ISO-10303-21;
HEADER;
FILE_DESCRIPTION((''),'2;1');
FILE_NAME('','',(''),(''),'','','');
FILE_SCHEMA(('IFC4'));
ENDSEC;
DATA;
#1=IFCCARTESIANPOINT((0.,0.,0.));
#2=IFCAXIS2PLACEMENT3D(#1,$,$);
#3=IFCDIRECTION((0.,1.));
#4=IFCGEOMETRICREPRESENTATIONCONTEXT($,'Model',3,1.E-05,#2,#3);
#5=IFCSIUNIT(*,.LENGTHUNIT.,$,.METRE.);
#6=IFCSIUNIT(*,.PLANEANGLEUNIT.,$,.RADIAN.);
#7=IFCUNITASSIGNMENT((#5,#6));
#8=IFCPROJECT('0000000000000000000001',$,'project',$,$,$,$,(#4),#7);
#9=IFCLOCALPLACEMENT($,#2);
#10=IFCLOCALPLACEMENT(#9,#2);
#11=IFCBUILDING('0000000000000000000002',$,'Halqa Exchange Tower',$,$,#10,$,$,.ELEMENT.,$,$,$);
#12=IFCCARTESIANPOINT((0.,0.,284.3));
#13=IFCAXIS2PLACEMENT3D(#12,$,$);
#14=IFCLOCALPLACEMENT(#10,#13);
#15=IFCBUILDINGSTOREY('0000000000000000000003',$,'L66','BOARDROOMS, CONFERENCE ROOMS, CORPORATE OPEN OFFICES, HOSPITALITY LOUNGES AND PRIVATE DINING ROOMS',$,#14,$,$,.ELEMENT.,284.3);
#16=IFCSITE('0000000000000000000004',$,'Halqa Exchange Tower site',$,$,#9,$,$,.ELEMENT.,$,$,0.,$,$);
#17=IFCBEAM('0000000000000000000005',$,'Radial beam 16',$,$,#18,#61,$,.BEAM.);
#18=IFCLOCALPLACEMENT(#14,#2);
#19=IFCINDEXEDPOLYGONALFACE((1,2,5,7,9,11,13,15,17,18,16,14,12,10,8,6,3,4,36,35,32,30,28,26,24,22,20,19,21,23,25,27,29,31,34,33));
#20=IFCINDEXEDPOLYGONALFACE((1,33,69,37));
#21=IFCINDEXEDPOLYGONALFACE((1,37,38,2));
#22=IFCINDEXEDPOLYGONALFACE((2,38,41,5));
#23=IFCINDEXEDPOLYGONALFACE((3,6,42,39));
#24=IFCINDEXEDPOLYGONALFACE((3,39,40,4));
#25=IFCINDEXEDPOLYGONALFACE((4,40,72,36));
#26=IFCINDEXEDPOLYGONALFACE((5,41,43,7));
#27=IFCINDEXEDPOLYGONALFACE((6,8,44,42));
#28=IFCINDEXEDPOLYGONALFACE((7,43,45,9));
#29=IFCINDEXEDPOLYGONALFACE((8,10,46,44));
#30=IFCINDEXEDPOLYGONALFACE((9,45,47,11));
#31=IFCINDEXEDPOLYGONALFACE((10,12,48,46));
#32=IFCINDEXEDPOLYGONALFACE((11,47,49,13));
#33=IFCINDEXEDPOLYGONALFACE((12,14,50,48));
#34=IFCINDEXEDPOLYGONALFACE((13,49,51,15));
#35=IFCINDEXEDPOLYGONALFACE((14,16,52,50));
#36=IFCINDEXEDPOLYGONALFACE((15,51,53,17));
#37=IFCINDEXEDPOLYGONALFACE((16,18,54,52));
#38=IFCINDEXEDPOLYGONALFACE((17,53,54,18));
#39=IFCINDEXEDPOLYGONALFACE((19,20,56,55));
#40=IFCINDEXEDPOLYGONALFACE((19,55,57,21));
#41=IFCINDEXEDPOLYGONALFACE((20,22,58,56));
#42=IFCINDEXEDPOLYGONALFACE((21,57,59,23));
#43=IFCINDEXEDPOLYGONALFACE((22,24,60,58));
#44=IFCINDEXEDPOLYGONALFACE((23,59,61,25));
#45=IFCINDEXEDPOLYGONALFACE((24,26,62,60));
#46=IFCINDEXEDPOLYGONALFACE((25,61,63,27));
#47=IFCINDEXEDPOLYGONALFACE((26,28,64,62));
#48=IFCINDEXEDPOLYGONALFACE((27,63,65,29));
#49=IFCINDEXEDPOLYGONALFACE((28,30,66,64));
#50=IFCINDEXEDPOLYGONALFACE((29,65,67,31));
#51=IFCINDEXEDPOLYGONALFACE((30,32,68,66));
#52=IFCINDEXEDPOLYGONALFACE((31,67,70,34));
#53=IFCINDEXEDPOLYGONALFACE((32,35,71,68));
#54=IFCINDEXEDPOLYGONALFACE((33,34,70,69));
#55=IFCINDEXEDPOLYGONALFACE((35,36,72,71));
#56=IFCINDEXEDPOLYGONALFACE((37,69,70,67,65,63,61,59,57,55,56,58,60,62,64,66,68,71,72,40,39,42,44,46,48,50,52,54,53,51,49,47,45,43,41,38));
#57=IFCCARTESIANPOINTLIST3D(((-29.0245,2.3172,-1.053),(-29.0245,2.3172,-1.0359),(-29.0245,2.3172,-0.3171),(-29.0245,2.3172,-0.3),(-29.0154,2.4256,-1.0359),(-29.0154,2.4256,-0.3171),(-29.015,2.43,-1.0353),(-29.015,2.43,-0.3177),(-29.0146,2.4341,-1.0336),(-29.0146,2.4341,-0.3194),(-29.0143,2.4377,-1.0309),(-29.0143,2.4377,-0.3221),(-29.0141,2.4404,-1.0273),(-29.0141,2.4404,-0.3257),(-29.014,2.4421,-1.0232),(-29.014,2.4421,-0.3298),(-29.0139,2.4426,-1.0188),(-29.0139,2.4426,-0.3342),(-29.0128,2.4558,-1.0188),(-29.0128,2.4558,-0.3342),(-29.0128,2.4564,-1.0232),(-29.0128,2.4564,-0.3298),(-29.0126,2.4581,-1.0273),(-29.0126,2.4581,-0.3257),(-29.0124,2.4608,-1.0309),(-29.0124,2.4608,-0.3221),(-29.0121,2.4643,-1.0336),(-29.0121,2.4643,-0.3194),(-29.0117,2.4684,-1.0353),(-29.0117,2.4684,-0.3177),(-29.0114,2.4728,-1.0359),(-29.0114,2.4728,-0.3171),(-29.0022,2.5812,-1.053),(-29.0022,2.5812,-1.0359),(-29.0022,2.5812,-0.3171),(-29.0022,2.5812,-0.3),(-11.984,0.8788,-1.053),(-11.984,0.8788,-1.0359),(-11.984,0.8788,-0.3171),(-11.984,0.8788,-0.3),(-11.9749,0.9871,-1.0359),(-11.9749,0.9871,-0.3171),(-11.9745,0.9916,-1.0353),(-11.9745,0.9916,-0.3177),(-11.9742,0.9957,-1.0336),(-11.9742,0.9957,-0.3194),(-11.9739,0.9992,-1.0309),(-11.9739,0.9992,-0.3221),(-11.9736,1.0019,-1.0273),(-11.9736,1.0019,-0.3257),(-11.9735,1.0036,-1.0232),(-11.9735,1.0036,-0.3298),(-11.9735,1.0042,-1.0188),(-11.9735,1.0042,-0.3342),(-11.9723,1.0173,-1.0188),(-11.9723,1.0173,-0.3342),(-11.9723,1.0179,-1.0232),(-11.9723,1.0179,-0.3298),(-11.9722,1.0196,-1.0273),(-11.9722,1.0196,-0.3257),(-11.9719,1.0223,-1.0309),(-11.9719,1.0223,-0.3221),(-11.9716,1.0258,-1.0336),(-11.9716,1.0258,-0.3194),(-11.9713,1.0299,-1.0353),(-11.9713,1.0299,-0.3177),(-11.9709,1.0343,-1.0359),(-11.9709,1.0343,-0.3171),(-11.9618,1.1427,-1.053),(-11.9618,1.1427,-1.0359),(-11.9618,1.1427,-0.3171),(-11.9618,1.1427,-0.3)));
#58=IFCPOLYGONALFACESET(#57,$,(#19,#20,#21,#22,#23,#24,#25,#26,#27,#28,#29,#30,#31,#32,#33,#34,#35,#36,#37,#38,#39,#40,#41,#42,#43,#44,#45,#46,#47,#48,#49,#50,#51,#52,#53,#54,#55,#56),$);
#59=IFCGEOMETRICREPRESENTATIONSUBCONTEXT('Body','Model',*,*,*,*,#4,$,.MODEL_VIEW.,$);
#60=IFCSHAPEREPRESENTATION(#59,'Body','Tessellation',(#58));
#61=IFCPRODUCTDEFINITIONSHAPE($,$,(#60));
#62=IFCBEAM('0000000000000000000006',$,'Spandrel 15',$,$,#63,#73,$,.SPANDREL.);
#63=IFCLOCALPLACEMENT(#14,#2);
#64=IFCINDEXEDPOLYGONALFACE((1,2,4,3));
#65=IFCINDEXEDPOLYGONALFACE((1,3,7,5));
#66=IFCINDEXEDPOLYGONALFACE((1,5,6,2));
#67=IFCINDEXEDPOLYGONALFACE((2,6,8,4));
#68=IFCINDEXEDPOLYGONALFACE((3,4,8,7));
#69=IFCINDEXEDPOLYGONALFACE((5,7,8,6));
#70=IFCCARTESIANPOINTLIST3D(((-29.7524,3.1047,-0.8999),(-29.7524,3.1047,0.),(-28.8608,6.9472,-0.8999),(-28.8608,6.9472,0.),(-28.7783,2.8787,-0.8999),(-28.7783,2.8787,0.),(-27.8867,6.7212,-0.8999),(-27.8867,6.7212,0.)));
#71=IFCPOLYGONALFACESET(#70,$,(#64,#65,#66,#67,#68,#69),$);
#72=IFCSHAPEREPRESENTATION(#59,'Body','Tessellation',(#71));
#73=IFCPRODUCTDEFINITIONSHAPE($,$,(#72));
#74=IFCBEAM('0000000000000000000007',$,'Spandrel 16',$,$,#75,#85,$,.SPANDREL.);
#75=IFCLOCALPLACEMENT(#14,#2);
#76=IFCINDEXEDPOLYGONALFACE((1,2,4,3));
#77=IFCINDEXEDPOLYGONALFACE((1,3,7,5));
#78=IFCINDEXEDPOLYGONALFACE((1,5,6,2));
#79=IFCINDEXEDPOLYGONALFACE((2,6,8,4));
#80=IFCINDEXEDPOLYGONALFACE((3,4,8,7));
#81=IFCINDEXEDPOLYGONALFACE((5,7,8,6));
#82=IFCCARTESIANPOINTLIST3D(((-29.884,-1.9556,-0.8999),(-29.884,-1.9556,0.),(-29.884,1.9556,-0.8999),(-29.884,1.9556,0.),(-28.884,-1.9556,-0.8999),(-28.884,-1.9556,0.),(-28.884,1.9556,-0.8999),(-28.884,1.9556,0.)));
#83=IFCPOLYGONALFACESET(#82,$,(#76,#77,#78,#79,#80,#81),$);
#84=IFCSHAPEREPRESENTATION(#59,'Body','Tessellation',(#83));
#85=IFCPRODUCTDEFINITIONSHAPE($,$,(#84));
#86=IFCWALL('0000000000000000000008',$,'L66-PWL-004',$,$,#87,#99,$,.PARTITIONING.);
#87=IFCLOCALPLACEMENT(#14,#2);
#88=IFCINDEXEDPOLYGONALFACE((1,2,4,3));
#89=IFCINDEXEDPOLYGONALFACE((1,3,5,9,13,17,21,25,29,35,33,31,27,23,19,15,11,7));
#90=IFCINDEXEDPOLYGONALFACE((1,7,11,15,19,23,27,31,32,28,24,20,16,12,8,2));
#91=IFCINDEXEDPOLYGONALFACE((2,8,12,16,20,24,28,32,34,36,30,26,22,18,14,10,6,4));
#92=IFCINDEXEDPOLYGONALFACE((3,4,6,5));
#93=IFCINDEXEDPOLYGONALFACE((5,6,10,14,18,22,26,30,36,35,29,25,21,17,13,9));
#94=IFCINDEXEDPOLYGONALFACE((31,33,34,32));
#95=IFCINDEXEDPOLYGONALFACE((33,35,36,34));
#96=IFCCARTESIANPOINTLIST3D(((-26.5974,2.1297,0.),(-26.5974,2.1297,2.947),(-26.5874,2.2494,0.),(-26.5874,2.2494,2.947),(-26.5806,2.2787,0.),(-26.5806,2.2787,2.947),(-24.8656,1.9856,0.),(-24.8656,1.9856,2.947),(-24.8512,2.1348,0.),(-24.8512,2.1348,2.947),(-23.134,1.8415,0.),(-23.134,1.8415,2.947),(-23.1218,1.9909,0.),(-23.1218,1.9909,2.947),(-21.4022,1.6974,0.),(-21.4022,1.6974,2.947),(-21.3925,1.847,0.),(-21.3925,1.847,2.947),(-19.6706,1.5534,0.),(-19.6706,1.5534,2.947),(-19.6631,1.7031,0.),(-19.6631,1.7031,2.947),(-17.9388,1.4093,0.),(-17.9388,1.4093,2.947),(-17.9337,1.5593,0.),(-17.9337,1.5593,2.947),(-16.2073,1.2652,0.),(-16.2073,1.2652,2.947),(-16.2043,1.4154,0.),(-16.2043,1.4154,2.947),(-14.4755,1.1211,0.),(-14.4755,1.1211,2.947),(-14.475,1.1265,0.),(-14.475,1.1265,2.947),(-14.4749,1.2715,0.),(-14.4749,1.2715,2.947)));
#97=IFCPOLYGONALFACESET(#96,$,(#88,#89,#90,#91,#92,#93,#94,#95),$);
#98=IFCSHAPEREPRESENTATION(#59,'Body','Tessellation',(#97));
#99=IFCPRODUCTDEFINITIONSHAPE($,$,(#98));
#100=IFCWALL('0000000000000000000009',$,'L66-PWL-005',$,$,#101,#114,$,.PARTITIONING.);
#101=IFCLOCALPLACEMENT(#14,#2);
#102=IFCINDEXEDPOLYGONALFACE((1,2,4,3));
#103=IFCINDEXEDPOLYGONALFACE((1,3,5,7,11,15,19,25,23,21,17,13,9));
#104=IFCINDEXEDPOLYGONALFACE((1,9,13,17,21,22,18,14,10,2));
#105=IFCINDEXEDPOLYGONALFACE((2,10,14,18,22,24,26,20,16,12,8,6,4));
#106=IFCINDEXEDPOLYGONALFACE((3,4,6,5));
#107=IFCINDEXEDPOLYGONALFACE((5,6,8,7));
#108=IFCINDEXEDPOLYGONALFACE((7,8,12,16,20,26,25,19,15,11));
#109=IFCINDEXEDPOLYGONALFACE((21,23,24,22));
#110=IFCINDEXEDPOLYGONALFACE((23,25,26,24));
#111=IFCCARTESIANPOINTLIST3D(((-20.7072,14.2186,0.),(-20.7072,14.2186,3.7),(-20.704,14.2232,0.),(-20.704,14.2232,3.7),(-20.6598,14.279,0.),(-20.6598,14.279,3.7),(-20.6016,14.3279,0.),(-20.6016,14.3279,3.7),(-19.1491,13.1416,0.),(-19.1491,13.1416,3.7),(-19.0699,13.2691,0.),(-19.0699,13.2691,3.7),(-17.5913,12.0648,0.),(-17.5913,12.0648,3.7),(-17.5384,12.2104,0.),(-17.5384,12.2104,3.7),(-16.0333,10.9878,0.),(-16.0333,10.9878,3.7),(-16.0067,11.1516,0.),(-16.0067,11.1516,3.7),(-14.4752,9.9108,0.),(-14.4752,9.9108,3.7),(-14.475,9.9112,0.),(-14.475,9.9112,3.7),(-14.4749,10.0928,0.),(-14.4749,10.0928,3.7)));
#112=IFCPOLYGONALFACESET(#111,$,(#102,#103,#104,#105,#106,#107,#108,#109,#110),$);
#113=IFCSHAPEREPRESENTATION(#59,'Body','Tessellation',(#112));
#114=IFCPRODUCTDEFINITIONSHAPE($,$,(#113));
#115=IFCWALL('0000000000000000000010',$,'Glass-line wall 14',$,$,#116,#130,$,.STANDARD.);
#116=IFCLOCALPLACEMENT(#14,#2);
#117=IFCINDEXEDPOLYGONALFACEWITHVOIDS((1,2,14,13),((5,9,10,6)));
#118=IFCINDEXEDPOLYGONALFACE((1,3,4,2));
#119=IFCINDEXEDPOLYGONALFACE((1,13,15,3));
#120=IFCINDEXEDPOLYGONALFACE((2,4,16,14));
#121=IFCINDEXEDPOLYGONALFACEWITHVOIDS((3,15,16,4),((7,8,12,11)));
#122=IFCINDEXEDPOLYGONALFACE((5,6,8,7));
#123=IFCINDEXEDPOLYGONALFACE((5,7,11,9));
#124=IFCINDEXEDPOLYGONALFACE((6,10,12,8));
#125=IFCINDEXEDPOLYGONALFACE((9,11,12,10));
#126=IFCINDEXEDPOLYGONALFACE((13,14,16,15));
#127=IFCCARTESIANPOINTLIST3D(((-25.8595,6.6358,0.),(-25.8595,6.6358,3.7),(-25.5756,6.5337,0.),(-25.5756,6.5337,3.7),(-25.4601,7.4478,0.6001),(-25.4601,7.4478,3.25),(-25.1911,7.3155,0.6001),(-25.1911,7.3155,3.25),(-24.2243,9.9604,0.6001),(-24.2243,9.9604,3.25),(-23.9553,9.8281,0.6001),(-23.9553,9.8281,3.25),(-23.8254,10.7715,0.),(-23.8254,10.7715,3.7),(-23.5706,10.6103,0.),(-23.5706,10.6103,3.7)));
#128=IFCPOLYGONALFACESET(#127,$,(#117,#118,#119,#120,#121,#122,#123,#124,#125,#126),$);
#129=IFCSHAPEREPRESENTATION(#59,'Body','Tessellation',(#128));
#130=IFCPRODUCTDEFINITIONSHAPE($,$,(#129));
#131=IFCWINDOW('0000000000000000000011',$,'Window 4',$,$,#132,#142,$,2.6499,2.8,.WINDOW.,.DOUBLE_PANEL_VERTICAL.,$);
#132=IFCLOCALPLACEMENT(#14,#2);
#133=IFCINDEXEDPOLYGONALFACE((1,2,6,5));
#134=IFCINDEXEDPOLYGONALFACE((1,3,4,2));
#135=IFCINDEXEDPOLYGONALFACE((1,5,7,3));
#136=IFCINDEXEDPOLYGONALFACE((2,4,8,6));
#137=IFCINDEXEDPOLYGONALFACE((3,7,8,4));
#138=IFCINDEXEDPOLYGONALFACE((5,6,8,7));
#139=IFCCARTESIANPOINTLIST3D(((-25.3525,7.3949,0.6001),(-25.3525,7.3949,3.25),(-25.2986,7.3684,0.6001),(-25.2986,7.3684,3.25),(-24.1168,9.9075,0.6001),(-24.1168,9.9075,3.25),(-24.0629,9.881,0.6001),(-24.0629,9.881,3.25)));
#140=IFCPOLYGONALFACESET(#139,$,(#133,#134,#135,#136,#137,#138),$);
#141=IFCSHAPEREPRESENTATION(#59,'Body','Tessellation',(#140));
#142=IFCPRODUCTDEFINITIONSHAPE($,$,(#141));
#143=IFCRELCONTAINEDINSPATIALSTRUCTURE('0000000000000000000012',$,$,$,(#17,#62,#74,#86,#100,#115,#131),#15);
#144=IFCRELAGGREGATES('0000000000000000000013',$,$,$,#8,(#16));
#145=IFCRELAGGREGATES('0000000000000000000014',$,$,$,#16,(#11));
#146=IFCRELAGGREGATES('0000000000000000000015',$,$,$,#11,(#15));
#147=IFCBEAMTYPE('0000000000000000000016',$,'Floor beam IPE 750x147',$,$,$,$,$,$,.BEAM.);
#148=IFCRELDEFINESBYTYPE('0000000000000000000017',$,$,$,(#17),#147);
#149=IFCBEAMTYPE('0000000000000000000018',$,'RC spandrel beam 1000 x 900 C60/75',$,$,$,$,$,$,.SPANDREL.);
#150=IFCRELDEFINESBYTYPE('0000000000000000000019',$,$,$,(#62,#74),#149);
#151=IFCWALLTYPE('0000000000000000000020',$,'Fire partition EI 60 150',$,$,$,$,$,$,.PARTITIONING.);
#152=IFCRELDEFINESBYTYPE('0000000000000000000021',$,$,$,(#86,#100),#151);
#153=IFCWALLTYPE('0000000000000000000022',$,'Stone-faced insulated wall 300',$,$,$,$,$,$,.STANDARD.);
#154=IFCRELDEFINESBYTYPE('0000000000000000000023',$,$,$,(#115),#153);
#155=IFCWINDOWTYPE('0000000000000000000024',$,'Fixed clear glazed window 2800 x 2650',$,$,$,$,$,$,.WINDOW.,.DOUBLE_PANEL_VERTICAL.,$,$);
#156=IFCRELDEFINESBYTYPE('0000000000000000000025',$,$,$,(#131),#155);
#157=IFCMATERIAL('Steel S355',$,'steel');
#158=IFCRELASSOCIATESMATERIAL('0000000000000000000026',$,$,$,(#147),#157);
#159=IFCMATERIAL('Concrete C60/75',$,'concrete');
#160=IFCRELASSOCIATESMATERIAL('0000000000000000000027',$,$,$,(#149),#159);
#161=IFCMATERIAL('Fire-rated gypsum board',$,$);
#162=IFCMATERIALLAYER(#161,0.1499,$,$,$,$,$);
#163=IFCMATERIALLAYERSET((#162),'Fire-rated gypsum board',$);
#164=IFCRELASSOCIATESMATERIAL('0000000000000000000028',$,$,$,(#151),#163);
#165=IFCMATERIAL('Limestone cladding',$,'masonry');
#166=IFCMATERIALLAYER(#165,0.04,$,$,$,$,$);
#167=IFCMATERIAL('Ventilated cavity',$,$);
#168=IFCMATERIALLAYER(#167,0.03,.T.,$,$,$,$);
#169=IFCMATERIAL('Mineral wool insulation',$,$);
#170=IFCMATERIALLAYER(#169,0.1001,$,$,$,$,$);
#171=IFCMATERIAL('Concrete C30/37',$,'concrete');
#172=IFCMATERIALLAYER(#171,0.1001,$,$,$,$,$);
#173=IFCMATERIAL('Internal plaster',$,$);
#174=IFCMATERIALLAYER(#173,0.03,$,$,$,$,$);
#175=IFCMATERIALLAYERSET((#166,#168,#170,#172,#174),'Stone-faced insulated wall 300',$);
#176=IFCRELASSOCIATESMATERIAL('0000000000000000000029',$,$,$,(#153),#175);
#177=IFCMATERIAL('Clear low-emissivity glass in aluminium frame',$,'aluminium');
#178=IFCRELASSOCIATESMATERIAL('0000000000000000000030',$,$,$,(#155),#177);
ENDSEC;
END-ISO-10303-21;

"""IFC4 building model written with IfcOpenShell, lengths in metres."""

from ifc_helpers import new_model, si_unit, direction, frame, frame_2d, origin, origin_2d, place, context, subcontext, project, spatial, polyline, rectangle, i_section, outline, extrude, material, layer, layer_set, material_profile, profile_set, type_object, element, fill, save


model = new_model("IFC4")

# Units and contexts
model_context = context("Model", 3, precision=1e-05, world=origin(), true_north=direction((0.0, 1.0)))
body_context = subcontext(model_context, "Body", "Model", "MODEL_VIEW")
ifc_project = project(units=[si_unit("LENGTHUNIT", "METRE"), si_unit("PLANEANGLEUNIT", "RADIAN")], contexts=[model_context])

# Site, building, storey
site_placement = place(None, origin())
site = spatial("IfcSite", under=ifc_project, at=site_placement, Name="Halqa Exchange Tower site", CompositionType="ELEMENT", RefElevation=0.0)
building_placement = place(site_placement, origin())
building = spatial("IfcBuilding", under=site, at=building_placement, Name="Halqa Exchange Tower", CompositionType="ELEMENT")
storey_placement = place(building_placement, frame((0.0, 0.0, 284.3)))
storey = spatial("IfcBuildingStorey", under=building, at=storey_placement, Name="L66", Description="BOARDROOMS, CONFERENCE ROOMS, CORPORATE OPEN OFFICES, HOSPITALITY LOUNGES AND PRIVATE DINING ROOMS", CompositionType="ELEMENT", Elevation=284.3)

# Shared definitions
ifc_material_1 = material(Name="Concrete C60/75", Category="concrete")

# Beams
ifc_material_2 = material(Name="Steel S355", Category="steel")
ifc_material_profile_1 = material_profile(ifc_material_2, i_section(OverallWidth=0.2649, OverallDepth=0.7529, WebThickness=0.0132, FlangeThickness=0.0171, FilletRadius=0.0171, at=origin_2d()), Name="IPE 750x147")
ifc_profile_set_1 = profile_set([ifc_material_profile_1], Name="Steel S355")
beam_type_1 = type_object("IfcBeamType", Name="Floor beam IPE 750x147", PredefinedType="BEAM", material=ifc_profile_set_1)
beam_1_placement = place(storey_placement, frame((-11.9729, 1.0107, -0.6765), z_axis=(-0.996456, 0.084116, 0.0), x_axis=(-0.084116, -0.996456, 0.0)))
element("IfcBeam", 1, at=beam_1_placement, inside=storey, type_object=beam_type_1, Name="Radial beam 16", PredefinedType="BEAM", context=body_context, shape_type="SweptSolid", body=[
    extrude(i_section(OverallWidth=0.2649, OverallDepth=0.7529, WebThickness=0.0132, FlangeThickness=0.0171, FilletRadius=0.0171, at=origin_2d()), origin(), (0.0, 0.0, 1.0), 17.1011),
])
ifc_material_profile_2 = material_profile(ifc_material_1, rectangle(XDim=1.0, YDim=0.8999, at=origin_2d()), Name="1000 x 900")
ifc_profile_set_2 = profile_set([ifc_material_profile_2], Name="Concrete C60/75")
beam_type_2 = type_object("IfcBeamType", Name="RC spandrel beam 1000 x 900 C60/75", PredefinedType="SPANDREL", material=ifc_profile_set_2)
beam_2_placement = place(storey_placement, frame((-28.3738, 6.8342, -0.45), z_axis=(-0.22603, -0.97412, 0.0), x_axis=(0.97412, -0.22603, 0.0)))
element("IfcBeam", 2, at=beam_2_placement, inside=storey, type_object=beam_type_2, Name="Spandrel 15", PredefinedType="SPANDREL", context=body_context, shape_type="SweptSolid", body=[
    extrude(rectangle(XDim=1.0, YDim=0.8999, at=origin_2d()), origin(), (0.0, 0.0, 1.0), 3.9446),
])
beam_3_placement = place(storey_placement, frame((-29.384, 1.9556, -0.45), z_axis=(0.0, -1.0, 0.0), x_axis=(1.0, 0.0, 0.0)))
element("IfcBeam", 3, at=beam_3_placement, inside=storey, type_object=beam_type_2, Name="Spandrel 16", PredefinedType="SPANDREL", context=body_context, shape_type="SweptSolid", body=[
    extrude(rectangle(XDim=1.0, YDim=0.8999, at=origin_2d()), origin(), (0.0, 0.0, 1.0), 3.9111),
])

# Walls
ifc_material_3 = material(Name="Fire-rated gypsum board")
ifc_layer_1 = layer(ifc_material_3, 0.1499)
ifc_layer_set_1 = layer_set([ifc_layer_1], Name="Fire-rated gypsum board")
wall_type_1 = type_object("IfcWallType", Name="Fire partition EI 60 150", PredefinedType="PARTITIONING", material=ifc_layer_set_1)
wall_1_placement = place(storey_placement, frame((-14.4692, 1.1958, 0.0), z_axis=(0.0, 0.0, 1.0), x_axis=(-0.996557, 0.082914, 0.0)))
element("IfcWall", 4, at=wall_1_placement, inside=storey, type_object=wall_type_1, Name="L66-PWL-004", PredefinedType="PARTITIONING", context=body_context, shape_type="SweptSolid", body=[
    extrude(outline(polyline([(0.012, -0.075), (1.7473, -0.075), (3.4827, -0.075), (5.218, -0.075), (6.9534, -0.075), (8.6887, -0.075), (10.4241, -0.075), (12.1594, -0.075), (12.1638, -0.0452), (12.1638, 0.075), (10.426, 0.075), (8.6885, 0.075), (6.9507, 0.075), (5.2131, 0.075), (3.4753, 0.075), (1.7378, 0.075), (0.0, 0.075), (0.0, 0.0696), (0.012, -0.075)])), origin(), (0.0, 0.0, 1.0), 2.947),
])
wall_2_placement = place(storey_placement, frame((-14.4326, 9.9724, 0.0), z_axis=(0.0, 0.0, 1.0), x_axis=(-0.822597, 0.568625, 0.0)))
element("IfcWall", 5, at=wall_2_placement, inside=storey, type_object=wall_type_1, Name="L66-PWL-005", PredefinedType="PARTITIONING", context=body_context, shape_type="SweptSolid", body=[
    extrude(outline(polyline([(0.1033, -0.075), (1.9653, -0.075), (3.8274, -0.075), (5.6892, -0.075), (7.5513, -0.075), (7.5713, -0.0017), (7.5759, 0.0693), (7.5759, 0.075), (5.6819, 0.075), (3.7881, 0.075), (1.894, 0.075), (0.0, 0.075), (0.0, 0.0745), (0.1033, -0.075)])), origin(), (0.0, 0.0, 1.0), 3.7),
])

# Wall, opening, window
ifc_material_4 = material(Name="Limestone cladding", Category="masonry")
ifc_layer_2 = layer(ifc_material_4, 0.04)
ifc_material_5 = material(Name="Ventilated cavity")
ifc_layer_3 = layer(ifc_material_5, 0.03, ventilated=True)
ifc_material_6 = material(Name="Mineral wool insulation")
ifc_layer_4 = layer(ifc_material_6, 0.1001)
ifc_material_7 = material(Name="Concrete C30/37", Category="concrete")
ifc_layer_5 = layer(ifc_material_7, 0.1001)
ifc_material_8 = material(Name="Internal plaster")
ifc_layer_6 = layer(ifc_material_8, 0.03)
ifc_layer_set_2 = layer_set([ifc_layer_2, ifc_layer_3, ifc_layer_4, ifc_layer_5, ifc_layer_6], Name="Stone-faced insulated wall 300")
wall_type_2 = type_object("IfcWallType", Name="Stone-faced insulated wall 300", PredefinedType="STANDARD", material=ifc_layer_set_2)
wall_3_placement = place(storey_placement, frame((-23.698, 10.6909, 0.0), z_axis=(0.0, 0.0, 1.0), x_axis=(-0.441335, -0.897342, 0.0)))
wall_3 = element("IfcWall", 6, at=wall_3_placement, inside=storey, type_object=wall_type_2, Name="Glass-line wall 14", PredefinedType="STANDARD", context=body_context, shape_type="SweptSolid", body=[
    extrude(outline(polyline([(-0.0161, -0.1499), (4.5928, -0.1499), (4.5591, 0.1499), (0.0161, 0.1499), (-0.0161, -0.1499)])), origin(), (0.0, 0.0, 1.0), 3.7),
])
opening_1_placement = place(wall_3_placement, frame((0.8879, 0.0, 0.6001)))
opening_1 = element("IfcOpeningElement", 7, at=opening_1_placement, cuts=wall_3, PredefinedType="OPENING", context=body_context, shape_type="SweptSolid", body=[
    extrude(rectangle(XDim=2.8, YDim=2.6499, at=frame_2d((1.3999, 1.325))), frame((0.0, 0.1621, 0.0), z_axis=(0.0, -1.0, 0.0), x_axis=(1.0, 0.0, 0.0)), (0.0, 0.0, 1.0), 0.324),
])
ifc_material_9 = material(Name="Clear low-emissivity glass in aluminium frame", Category="aluminium")
window_type = type_object("IfcWindowType", Name="Fixed clear glazed window 2800 x 2650", PartitioningType="DOUBLE_PANEL_VERTICAL", PredefinedType="WINDOW", material=ifc_material_9)
window_1_placement = place(opening_1_placement, origin())
window_1 = element("IfcWindow", 8, at=window_1_placement, inside=storey, type_object=window_type, Name="Window 4", OverallHeight=2.6499, OverallWidth=2.8, PartitioningType="DOUBLE_PANEL_VERTICAL", PredefinedType="WINDOW", context=body_context, shape_type="SweptSolid", body=[
    extrude(rectangle(XDim=2.8, YDim=2.6499, at=frame_2d((1.3999, 1.325))), frame((0.0, 0.03, 0.0), z_axis=(0.0, -1.0, 0.0), x_axis=(1.0, 0.0, 0.0)), (0.0, 0.0, 1.0), 0.0601),
])
fill(opening_1, window_1)

save(model, "model.ifc")
